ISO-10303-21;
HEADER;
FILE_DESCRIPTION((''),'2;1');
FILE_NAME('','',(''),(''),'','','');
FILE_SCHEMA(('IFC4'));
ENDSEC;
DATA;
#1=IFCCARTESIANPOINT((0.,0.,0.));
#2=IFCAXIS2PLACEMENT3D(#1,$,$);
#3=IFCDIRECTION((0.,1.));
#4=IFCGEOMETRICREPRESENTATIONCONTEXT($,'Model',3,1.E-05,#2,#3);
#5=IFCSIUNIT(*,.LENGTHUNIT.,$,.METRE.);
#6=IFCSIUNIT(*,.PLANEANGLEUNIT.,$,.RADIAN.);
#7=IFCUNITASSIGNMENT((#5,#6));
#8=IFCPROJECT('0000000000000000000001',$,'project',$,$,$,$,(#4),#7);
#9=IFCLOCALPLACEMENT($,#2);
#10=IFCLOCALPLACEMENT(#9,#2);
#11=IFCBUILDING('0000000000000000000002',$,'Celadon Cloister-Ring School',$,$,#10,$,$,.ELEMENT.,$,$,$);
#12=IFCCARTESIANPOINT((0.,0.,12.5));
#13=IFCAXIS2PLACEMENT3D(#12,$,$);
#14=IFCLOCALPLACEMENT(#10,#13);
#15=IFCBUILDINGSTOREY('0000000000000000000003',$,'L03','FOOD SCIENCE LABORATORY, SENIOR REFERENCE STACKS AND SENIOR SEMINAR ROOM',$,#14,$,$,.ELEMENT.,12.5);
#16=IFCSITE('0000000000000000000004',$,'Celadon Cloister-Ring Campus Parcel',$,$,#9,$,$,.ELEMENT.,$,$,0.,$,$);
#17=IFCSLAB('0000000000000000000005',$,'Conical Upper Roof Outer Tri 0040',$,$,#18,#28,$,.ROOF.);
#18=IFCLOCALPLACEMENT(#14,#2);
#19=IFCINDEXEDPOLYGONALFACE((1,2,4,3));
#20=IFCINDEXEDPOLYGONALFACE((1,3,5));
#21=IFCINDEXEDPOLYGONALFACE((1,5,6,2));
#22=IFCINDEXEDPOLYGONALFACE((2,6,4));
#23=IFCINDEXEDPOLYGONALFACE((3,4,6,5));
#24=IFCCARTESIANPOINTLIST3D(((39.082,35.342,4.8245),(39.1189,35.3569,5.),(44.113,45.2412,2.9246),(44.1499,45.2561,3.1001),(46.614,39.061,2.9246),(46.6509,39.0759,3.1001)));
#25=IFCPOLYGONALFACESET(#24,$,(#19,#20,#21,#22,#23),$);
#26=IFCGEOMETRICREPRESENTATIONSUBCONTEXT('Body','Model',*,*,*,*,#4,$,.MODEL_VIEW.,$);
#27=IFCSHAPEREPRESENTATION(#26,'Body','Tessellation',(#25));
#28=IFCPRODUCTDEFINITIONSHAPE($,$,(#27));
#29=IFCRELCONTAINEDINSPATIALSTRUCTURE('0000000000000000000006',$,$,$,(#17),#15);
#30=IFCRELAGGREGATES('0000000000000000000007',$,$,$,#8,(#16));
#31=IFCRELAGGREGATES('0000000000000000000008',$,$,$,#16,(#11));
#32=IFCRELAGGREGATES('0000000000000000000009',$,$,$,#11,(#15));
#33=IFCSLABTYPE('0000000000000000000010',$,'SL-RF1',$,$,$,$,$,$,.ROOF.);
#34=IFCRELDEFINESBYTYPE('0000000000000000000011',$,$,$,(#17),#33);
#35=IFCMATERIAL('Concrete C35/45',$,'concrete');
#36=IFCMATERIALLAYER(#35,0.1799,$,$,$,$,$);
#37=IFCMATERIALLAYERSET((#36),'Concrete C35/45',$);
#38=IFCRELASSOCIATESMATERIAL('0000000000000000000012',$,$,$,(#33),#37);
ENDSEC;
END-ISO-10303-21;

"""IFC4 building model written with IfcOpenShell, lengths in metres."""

from ifc_helpers import new_model, si_unit, direction, frame, origin, place, context, subcontext, project, spatial, polyline, outline, extrude, material, layer, layer_set, type_object, element, save


model = new_model("IFC4")

# Units and contexts
model_context = context("Model", 3, precision=1e-05, world=origin(), true_north=direction((0.0, 1.0)))
body_context = subcontext(model_context, "Body", "Model", "MODEL_VIEW")
ifc_project = project(units=[si_unit("LENGTHUNIT", "METRE"), si_unit("PLANEANGLEUNIT", "RADIAN")], contexts=[model_context])

# Site, building, storey
site_placement = place(None, origin())
site = spatial("IfcSite", under=ifc_project, at=site_placement, Name="Celadon Cloister-Ring Campus Parcel", CompositionType="ELEMENT", RefElevation=0.0)
building_placement = place(site_placement, origin())
building = spatial("IfcBuilding", under=site, at=building_placement, Name="Celadon Cloister-Ring School", CompositionType="ELEMENT")
storey_placement = place(building_placement, frame((0.0, 0.0, 12.5)))
storey = spatial("IfcBuildingStorey", under=building, at=storey_placement, Name="L03", Description="FOOD SCIENCE LABORATORY, SENIOR REFERENCE STACKS AND SENIOR SEMINAR ROOM", CompositionType="ELEMENT", Elevation=12.5)

# Slab
ifc_material_1 = material(Name="Concrete C35/45", Category="concrete")
ifc_layer_1 = layer(ifc_material_1, 0.1799)
ifc_layer_set_1 = layer_set([ifc_layer_1], Name="Concrete C35/45")
slab_type = type_object("IfcSlabType", Name="SL-RF1", PredefinedType="ROOF", material=ifc_layer_set_1)
slab_placement = place(storey_placement, frame((44.1499, 45.2561, 3.1001), z_axis=(0.20503, 0.082971, 0.975233), x_axis=(-0.44658, -0.878706, 0.168646)))
element("IfcSlab", 1, at=slab_placement, inside=storey, type_object=slab_type, Name="Conical Upper Roof Outer Tri 0040", PredefinedType="ROOF", context=body_context, shape_type="SweptSolid", body=[
    extrude(outline(polyline([(0.0, 0.0), (11.2656, 0.0), (4.3137, 5.0835), (0.0, 0.0)])), origin(), (0.0, 0.0, -1.0), 0.1799),
])

save(model, "model.ifc")
